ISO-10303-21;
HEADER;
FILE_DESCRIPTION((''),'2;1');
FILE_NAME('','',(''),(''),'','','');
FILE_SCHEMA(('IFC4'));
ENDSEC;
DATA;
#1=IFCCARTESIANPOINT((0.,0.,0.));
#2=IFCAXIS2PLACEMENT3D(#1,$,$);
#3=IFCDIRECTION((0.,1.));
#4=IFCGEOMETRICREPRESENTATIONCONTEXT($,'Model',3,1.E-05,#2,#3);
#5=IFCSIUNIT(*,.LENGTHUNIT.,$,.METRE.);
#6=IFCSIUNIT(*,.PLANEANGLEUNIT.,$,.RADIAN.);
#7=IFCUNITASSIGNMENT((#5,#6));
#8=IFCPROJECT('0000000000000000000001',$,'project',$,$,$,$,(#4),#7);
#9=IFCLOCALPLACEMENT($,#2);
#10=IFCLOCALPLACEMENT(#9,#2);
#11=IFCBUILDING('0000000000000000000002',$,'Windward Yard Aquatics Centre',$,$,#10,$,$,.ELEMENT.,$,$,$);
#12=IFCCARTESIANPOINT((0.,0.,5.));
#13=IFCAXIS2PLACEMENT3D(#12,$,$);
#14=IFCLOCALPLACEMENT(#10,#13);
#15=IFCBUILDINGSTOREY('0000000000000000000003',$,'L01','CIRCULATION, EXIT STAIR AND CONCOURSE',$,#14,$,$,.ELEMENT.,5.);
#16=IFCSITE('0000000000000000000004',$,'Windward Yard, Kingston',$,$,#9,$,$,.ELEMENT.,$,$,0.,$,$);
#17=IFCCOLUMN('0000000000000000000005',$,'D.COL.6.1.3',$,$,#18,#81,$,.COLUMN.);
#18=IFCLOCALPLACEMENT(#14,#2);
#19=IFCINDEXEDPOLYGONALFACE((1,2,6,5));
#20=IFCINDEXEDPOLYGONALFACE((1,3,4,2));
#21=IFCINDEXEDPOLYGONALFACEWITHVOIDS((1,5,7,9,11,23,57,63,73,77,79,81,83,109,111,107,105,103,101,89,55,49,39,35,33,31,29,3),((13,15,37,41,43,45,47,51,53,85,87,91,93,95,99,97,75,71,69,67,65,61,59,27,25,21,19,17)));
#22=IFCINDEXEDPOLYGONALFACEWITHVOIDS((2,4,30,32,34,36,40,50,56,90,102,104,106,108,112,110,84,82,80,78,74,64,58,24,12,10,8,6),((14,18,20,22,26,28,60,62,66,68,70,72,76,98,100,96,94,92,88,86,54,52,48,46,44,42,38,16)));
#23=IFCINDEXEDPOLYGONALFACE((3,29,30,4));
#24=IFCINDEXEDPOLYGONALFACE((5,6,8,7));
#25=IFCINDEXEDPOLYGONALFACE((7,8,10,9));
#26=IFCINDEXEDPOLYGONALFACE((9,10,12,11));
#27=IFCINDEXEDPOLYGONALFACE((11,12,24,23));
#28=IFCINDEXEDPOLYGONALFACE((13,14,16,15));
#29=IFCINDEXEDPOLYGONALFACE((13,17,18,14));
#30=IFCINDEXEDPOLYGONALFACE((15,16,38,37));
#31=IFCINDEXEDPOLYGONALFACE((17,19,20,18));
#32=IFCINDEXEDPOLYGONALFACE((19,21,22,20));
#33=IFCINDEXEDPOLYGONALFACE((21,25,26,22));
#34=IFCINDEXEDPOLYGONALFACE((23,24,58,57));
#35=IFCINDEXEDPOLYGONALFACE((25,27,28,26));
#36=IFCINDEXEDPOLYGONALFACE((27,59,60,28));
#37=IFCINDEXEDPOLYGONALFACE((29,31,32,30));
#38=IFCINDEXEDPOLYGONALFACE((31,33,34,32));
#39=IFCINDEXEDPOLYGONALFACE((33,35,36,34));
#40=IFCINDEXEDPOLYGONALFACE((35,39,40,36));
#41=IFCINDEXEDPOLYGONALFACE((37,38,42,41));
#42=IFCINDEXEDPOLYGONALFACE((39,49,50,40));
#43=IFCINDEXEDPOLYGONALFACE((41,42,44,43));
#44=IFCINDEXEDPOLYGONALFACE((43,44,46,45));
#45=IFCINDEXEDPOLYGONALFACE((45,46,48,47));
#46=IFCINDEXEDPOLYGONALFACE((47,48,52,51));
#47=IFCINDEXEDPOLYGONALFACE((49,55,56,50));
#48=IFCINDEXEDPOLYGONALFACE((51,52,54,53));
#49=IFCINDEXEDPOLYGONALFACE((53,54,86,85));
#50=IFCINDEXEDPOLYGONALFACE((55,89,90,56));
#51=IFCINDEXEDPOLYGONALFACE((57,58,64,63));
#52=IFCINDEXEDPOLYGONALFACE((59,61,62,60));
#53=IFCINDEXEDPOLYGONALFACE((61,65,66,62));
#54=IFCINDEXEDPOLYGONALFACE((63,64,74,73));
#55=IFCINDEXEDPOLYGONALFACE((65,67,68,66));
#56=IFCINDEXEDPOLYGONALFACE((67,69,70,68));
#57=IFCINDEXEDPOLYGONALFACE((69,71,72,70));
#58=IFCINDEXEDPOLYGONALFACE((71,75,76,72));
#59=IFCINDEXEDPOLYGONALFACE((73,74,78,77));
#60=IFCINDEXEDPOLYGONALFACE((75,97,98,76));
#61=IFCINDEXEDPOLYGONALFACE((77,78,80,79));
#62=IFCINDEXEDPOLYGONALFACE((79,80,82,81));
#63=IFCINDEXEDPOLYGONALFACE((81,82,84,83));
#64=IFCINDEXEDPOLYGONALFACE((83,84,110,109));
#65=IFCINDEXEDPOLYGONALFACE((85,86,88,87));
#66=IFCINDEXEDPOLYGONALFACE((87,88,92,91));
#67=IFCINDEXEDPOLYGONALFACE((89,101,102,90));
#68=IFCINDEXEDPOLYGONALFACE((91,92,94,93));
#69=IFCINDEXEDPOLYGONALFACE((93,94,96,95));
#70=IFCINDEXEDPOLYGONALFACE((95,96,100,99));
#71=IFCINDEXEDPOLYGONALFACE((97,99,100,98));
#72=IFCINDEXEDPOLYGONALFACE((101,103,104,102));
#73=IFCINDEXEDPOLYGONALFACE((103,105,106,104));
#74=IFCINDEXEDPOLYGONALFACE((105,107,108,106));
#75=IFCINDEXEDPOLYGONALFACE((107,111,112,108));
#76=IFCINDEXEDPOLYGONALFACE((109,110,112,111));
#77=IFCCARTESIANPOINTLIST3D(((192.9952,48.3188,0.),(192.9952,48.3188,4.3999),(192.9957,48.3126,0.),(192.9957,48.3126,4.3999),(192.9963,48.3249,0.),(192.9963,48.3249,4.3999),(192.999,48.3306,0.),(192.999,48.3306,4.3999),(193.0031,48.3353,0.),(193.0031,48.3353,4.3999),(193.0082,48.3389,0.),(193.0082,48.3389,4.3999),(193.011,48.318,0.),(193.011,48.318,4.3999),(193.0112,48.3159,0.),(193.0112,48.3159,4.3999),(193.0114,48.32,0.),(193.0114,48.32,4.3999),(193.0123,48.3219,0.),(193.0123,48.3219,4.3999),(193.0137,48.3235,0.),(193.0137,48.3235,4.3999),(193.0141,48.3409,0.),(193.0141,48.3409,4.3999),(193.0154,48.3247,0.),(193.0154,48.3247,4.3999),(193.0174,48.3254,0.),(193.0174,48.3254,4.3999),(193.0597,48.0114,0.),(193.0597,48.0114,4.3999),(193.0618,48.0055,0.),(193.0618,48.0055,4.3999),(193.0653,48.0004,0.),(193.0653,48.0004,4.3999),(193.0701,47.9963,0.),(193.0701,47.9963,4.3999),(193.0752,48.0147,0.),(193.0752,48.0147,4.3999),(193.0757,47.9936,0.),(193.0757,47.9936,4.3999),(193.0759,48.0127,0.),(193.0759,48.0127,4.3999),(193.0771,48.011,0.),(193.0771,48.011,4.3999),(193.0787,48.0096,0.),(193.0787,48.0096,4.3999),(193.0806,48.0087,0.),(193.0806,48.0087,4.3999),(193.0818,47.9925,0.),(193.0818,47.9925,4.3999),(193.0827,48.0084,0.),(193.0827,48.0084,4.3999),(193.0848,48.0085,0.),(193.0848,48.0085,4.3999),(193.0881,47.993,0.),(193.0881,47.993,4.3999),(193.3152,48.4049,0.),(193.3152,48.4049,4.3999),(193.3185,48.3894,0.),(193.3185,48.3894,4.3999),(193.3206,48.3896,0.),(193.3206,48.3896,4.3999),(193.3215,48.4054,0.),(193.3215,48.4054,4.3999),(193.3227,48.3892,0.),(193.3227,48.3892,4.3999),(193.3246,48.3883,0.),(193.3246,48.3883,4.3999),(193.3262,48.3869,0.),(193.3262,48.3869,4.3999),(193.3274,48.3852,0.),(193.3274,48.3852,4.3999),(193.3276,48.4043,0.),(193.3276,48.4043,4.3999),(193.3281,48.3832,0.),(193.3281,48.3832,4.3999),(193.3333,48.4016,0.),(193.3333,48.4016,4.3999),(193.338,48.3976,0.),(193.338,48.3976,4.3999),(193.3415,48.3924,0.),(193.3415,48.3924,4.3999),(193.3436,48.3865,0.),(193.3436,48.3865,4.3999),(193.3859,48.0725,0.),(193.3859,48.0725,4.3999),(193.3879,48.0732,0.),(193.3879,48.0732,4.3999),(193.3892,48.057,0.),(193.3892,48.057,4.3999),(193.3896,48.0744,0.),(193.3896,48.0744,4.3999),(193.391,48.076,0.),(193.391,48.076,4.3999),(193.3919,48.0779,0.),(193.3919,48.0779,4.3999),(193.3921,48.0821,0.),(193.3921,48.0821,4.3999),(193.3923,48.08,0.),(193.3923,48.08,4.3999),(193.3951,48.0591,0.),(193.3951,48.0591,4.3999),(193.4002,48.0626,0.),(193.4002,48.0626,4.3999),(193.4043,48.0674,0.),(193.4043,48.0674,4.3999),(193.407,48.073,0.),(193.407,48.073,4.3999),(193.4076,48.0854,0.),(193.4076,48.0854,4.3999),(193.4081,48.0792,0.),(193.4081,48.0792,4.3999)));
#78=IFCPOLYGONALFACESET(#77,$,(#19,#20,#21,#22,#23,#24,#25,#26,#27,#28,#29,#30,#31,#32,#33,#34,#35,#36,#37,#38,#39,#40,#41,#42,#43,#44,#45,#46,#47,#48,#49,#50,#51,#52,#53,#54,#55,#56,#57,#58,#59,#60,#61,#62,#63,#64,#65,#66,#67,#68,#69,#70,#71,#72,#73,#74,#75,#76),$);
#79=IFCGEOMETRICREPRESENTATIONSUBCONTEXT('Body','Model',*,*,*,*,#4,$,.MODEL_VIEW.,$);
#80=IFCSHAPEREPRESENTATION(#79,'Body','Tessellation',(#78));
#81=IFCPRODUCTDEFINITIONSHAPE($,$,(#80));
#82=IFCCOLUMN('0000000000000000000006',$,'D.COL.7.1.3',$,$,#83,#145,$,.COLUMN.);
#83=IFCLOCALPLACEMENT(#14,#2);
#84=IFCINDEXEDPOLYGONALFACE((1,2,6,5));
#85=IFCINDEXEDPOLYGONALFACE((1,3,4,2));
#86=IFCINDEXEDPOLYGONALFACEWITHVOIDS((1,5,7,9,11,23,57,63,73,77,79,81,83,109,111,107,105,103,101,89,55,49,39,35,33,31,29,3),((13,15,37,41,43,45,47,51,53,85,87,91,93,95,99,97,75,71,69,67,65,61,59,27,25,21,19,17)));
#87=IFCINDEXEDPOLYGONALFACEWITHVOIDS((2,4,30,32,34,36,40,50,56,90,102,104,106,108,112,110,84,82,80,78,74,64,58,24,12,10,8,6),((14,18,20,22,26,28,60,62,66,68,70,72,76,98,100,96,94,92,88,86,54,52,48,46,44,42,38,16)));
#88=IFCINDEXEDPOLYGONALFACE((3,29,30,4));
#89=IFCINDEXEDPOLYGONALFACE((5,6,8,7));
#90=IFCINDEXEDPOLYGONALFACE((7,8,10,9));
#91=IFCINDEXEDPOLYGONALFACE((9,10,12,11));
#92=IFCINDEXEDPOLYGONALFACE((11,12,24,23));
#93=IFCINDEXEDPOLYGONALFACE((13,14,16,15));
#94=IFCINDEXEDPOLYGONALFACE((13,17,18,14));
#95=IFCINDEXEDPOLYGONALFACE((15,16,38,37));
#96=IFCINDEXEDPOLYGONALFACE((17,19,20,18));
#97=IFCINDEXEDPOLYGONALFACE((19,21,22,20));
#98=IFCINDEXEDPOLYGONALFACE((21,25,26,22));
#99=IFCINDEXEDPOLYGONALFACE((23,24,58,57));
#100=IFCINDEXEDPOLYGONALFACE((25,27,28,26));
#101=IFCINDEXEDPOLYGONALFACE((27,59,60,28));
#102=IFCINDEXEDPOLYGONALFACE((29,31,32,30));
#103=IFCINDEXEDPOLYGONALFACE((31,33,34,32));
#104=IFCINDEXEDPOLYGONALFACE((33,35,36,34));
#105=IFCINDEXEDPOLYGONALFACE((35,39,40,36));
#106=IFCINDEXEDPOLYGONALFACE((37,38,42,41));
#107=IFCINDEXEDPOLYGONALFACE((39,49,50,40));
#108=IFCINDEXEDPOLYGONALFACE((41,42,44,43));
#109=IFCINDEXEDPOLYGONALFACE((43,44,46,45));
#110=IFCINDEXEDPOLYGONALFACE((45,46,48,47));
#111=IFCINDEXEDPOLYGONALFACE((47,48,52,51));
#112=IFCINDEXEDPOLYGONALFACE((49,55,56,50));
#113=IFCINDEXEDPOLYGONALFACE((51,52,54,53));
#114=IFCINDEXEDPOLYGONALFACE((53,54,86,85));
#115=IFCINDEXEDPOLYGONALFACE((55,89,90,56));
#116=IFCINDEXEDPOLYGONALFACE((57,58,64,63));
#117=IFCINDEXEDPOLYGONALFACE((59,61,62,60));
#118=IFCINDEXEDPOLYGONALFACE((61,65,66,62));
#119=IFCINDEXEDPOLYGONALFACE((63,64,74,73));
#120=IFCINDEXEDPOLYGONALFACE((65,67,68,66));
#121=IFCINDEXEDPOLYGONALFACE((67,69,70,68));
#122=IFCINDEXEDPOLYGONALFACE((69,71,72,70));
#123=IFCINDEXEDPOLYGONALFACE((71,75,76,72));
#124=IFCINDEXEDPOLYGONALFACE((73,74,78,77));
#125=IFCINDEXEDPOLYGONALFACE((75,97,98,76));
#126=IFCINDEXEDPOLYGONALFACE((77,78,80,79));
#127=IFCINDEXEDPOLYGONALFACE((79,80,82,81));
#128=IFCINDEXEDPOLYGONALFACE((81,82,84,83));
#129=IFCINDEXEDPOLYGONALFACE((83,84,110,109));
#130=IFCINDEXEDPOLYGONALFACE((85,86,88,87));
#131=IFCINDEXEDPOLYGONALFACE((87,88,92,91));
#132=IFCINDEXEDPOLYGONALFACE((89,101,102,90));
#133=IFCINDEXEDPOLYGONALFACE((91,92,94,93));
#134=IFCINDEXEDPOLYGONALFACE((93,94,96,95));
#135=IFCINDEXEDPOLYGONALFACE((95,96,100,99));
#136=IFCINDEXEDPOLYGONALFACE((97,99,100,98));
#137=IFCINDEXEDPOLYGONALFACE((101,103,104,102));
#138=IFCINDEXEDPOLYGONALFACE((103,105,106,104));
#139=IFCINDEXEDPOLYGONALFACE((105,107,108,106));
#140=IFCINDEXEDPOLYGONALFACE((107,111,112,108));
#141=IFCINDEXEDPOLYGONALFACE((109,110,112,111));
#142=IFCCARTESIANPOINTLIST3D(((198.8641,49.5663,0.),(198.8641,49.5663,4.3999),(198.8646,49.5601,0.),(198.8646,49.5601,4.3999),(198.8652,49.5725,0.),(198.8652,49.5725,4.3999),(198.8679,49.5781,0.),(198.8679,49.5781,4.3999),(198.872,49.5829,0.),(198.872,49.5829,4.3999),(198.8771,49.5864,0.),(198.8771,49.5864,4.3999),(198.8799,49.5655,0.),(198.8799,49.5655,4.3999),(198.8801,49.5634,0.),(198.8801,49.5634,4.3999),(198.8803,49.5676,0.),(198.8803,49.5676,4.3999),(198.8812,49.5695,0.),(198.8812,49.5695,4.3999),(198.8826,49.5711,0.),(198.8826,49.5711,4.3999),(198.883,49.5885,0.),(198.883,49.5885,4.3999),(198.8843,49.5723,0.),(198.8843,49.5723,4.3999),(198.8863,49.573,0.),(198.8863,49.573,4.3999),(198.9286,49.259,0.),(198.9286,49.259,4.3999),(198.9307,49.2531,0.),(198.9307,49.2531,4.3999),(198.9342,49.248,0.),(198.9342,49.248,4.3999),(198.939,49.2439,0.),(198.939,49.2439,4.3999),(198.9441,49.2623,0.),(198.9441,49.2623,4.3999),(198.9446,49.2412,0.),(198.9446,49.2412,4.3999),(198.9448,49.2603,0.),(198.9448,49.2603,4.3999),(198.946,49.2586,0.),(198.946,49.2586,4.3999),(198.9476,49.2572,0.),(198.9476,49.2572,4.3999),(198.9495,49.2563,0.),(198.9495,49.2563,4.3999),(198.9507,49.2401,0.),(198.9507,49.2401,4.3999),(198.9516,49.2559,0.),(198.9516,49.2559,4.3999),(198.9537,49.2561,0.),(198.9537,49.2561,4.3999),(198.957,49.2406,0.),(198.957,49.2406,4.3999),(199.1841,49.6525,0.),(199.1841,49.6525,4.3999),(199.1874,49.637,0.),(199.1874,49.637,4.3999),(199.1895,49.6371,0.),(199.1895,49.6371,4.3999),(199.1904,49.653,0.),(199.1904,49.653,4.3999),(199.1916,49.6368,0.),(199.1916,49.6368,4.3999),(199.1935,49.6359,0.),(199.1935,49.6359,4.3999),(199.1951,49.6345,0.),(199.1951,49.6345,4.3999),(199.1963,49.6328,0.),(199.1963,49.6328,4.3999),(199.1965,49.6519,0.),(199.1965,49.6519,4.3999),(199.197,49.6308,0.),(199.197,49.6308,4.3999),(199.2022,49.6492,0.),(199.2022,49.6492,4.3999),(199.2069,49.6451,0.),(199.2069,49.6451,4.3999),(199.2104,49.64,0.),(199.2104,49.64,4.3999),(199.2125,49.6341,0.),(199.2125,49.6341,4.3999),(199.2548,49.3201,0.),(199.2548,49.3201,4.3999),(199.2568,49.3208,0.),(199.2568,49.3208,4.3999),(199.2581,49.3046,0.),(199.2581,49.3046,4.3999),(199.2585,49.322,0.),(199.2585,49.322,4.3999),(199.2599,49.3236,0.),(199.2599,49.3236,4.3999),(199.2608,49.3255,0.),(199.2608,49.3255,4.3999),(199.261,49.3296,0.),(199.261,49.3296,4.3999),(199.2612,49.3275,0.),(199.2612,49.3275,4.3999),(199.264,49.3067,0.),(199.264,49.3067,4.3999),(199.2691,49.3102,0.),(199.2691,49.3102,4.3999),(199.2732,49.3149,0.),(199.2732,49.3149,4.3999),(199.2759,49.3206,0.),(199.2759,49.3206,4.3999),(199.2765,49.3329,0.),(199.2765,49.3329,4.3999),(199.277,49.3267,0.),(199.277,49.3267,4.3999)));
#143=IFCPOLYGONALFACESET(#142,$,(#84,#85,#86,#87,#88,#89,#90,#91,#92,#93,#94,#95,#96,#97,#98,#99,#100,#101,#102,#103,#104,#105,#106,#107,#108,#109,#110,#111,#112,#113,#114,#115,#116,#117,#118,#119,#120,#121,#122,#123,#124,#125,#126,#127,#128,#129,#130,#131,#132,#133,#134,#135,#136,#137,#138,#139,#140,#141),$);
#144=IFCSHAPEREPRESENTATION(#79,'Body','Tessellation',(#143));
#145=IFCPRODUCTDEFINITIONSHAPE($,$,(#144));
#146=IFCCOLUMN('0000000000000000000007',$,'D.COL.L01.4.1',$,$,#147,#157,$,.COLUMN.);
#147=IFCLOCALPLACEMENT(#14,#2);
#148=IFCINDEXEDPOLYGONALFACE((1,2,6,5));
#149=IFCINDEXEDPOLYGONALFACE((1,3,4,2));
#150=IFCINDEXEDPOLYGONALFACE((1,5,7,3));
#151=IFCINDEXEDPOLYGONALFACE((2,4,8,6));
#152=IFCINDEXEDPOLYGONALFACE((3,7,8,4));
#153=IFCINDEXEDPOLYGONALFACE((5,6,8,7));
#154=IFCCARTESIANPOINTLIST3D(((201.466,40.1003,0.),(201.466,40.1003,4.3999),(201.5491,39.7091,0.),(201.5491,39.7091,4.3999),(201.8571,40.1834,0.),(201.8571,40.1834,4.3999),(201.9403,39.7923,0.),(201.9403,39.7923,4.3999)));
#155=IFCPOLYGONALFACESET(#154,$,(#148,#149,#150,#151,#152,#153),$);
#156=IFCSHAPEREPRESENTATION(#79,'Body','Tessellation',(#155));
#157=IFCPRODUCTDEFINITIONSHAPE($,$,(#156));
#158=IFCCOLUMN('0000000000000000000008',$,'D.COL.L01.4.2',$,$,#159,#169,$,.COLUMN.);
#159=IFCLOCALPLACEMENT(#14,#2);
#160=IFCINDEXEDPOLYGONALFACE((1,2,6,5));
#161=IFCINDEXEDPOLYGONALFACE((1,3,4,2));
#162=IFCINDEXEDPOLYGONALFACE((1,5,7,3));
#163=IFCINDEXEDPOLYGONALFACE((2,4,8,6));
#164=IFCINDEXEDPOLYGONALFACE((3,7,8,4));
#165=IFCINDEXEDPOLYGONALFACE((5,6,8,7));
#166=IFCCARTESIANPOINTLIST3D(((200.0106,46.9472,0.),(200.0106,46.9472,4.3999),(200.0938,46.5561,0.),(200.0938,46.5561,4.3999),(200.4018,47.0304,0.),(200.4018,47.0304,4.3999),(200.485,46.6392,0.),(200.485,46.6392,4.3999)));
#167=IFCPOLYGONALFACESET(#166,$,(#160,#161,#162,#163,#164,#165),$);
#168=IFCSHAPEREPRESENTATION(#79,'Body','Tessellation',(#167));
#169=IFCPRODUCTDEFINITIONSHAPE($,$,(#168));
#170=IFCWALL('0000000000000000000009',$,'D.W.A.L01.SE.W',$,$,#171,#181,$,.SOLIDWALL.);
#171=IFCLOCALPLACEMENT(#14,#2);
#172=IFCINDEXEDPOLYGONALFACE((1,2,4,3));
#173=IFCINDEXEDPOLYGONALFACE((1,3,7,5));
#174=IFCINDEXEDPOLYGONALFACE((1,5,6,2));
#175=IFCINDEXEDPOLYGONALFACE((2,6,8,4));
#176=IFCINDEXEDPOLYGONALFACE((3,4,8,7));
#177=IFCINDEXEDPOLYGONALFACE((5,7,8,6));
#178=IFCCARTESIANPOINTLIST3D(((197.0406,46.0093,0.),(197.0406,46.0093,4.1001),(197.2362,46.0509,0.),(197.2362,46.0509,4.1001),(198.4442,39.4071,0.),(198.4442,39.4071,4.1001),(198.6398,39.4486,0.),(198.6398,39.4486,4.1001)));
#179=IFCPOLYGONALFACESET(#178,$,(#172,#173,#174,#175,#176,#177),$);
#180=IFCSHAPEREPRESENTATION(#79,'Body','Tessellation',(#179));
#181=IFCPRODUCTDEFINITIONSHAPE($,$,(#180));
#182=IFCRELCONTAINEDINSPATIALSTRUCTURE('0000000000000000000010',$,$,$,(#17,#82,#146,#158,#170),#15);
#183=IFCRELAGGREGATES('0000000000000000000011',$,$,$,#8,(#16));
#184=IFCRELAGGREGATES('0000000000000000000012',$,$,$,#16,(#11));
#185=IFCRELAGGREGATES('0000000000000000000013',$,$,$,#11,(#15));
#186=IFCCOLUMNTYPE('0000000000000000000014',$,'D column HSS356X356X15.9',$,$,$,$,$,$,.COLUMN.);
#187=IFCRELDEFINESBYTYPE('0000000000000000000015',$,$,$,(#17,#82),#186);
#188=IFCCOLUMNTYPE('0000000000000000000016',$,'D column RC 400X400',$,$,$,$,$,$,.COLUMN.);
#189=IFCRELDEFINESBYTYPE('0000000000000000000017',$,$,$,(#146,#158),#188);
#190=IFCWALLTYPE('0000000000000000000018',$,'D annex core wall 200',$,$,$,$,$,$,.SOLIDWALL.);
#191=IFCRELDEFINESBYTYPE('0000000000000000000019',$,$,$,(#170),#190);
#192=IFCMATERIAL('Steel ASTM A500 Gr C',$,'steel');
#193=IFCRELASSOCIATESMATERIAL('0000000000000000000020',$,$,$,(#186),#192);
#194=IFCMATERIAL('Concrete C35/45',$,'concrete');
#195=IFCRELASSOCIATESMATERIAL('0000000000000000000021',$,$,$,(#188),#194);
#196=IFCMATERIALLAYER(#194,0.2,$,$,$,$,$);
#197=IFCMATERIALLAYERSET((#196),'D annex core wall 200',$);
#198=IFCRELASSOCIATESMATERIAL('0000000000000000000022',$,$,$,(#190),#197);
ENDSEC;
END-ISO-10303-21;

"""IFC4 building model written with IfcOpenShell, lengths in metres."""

from ifc_helpers import new_model, si_unit, direction, frame, frame_2d, origin, origin_2d, place, context, subcontext, project, spatial, rectangle, hollow_rectangle, extrude, material, layer, layer_set, material_profile, profile_set, type_object, element, save


model = new_model("IFC4")

# Units and contexts
model_context = context("Model", 3, precision=1e-05, world=origin(), true_north=direction((0.0, 1.0)))
body_context = subcontext(model_context, "Body", "Model", "MODEL_VIEW")
ifc_project = project(units=[si_unit("LENGTHUNIT", "METRE"), si_unit("PLANEANGLEUNIT", "RADIAN")], contexts=[model_context])

# Site, building, storey
site_placement = place(None, origin())
site = spatial("IfcSite", under=ifc_project, at=site_placement, Name="Windward Yard, Kingston", CompositionType="ELEMENT", RefElevation=0.0)
building_placement = place(site_placement, origin())
building = spatial("IfcBuilding", under=site, at=building_placement, Name="Windward Yard Aquatics Centre", CompositionType="ELEMENT")
storey_placement = place(building_placement, frame((0.0, 0.0, 5.0)))
storey = spatial("IfcBuildingStorey", under=building, at=storey_placement, Name="L01", Description="CIRCULATION, EXIT STAIR AND CONCOURSE", CompositionType="ELEMENT", Elevation=5.0)

# Columns
ifc_material_1 = material(Name="Steel ASTM A500 Gr C", Category="steel")
ifc_material_profile_1 = material_profile(ifc_material_1, hollow_rectangle(XDim=0.3557, YDim=0.3557, WallThickness=0.0159, InnerFilletRadius=0.0081, OuterFilletRadius=0.0239, at=origin_2d()), Name="HSS356X356X15.9")
ifc_profile_set_1 = profile_set([ifc_material_profile_1], Name="Steel ASTM A500 Gr C")
column_type_1 = type_object("IfcColumnType", Name="D column HSS356X356X15.9", PredefinedType="COLUMN", material=ifc_profile_set_1)
for number, where, z_axis, x_axis, name in (
    (1, (193.2017, 48.199, 0.0), (0.0, 0.0, 1.0), (0.978148, 0.207912, 0.0), "D.COL.6.1.3"),
    (2, (199.0706, 49.4465, 0.0), (0.0, 0.0, 1.0), (0.978148, 0.207912, 0.0), "D.COL.7.1.3"),
):
    element("IfcColumn", number, at=place(storey_placement, frame(where, z_axis=z_axis, x_axis=x_axis)), inside=storey, type_object=column_type_1, Name=name, PredefinedType="COLUMN", context=body_context, shape_type="SweptSolid", body=[
        extrude(hollow_rectangle(XDim=0.3557, YDim=0.3557, WallThickness=0.0159, InnerFilletRadius=0.0081, OuterFilletRadius=0.0239, at=origin_2d()), origin(), (0.0, 0.0, 1.0), 4.3999),
    ])
ifc_material_2 = material(Name="Concrete C35/45", Category="concrete")
ifc_material_profile_2 = material_profile(ifc_material_2, rectangle(XDim=0.3999, YDim=0.3999, at=origin_2d()), Name="RC 400X400")
ifc_profile_set_2 = profile_set([ifc_material_profile_2], Name="Concrete C35/45")
column_type_2 = type_object("IfcColumnType", Name="D column RC 400X400", PredefinedType="COLUMN", material=ifc_profile_set_2)
for number, where, z_axis, x_axis, name in (
    (3, (201.7031, 39.9463, 0.0), (0.0, 0.0, 1.0), (0.978148, 0.207912, 0.0), "D.COL.L01.4.1"),
    (4, (200.2478, 46.7932, 0.0), (0.0, 0.0, 1.0), (0.978148, 0.207912, 0.0), "D.COL.L01.4.2"),
):
    element("IfcColumn", number, at=place(storey_placement, frame(where, z_axis=z_axis, x_axis=x_axis)), inside=storey, type_object=column_type_2, Name=name, PredefinedType="COLUMN", context=body_context, shape_type="SweptSolid", body=[
        extrude(rectangle(XDim=0.3999, YDim=0.3999, at=origin_2d()), origin(), (0.0, 0.0, 1.0), 4.3999),
    ])

# Wall
ifc_layer_1 = layer(ifc_material_2, 0.2)
ifc_layer_set_1 = layer_set([ifc_layer_1], Name="D annex core wall 200")
wall_type_1 = type_object("IfcWallType", Name="D annex core wall 200", PredefinedType="SOLIDWALL", material=ifc_layer_set_1)
wall_1_placement = place(storey_placement, frame((198.542, 39.4277, 0.0), z_axis=(0.0, 0.0, 1.0), x_axis=(-0.207941, 0.978141, 0.0)))
element("IfcWall", 5, at=wall_1_placement, inside=storey, type_object=wall_type_1, Name="D.W.A.L01.SE.W", PredefinedType="SOLIDWALL", context=body_context, shape_type="SweptSolid", body=[
    extrude(rectangle(XDim=6.7498, YDim=0.2, at=frame_2d((3.375, 0.0))), origin(), (0.0, 0.0, 1.0), 4.1001),
])

save(model, "model.ifc")
